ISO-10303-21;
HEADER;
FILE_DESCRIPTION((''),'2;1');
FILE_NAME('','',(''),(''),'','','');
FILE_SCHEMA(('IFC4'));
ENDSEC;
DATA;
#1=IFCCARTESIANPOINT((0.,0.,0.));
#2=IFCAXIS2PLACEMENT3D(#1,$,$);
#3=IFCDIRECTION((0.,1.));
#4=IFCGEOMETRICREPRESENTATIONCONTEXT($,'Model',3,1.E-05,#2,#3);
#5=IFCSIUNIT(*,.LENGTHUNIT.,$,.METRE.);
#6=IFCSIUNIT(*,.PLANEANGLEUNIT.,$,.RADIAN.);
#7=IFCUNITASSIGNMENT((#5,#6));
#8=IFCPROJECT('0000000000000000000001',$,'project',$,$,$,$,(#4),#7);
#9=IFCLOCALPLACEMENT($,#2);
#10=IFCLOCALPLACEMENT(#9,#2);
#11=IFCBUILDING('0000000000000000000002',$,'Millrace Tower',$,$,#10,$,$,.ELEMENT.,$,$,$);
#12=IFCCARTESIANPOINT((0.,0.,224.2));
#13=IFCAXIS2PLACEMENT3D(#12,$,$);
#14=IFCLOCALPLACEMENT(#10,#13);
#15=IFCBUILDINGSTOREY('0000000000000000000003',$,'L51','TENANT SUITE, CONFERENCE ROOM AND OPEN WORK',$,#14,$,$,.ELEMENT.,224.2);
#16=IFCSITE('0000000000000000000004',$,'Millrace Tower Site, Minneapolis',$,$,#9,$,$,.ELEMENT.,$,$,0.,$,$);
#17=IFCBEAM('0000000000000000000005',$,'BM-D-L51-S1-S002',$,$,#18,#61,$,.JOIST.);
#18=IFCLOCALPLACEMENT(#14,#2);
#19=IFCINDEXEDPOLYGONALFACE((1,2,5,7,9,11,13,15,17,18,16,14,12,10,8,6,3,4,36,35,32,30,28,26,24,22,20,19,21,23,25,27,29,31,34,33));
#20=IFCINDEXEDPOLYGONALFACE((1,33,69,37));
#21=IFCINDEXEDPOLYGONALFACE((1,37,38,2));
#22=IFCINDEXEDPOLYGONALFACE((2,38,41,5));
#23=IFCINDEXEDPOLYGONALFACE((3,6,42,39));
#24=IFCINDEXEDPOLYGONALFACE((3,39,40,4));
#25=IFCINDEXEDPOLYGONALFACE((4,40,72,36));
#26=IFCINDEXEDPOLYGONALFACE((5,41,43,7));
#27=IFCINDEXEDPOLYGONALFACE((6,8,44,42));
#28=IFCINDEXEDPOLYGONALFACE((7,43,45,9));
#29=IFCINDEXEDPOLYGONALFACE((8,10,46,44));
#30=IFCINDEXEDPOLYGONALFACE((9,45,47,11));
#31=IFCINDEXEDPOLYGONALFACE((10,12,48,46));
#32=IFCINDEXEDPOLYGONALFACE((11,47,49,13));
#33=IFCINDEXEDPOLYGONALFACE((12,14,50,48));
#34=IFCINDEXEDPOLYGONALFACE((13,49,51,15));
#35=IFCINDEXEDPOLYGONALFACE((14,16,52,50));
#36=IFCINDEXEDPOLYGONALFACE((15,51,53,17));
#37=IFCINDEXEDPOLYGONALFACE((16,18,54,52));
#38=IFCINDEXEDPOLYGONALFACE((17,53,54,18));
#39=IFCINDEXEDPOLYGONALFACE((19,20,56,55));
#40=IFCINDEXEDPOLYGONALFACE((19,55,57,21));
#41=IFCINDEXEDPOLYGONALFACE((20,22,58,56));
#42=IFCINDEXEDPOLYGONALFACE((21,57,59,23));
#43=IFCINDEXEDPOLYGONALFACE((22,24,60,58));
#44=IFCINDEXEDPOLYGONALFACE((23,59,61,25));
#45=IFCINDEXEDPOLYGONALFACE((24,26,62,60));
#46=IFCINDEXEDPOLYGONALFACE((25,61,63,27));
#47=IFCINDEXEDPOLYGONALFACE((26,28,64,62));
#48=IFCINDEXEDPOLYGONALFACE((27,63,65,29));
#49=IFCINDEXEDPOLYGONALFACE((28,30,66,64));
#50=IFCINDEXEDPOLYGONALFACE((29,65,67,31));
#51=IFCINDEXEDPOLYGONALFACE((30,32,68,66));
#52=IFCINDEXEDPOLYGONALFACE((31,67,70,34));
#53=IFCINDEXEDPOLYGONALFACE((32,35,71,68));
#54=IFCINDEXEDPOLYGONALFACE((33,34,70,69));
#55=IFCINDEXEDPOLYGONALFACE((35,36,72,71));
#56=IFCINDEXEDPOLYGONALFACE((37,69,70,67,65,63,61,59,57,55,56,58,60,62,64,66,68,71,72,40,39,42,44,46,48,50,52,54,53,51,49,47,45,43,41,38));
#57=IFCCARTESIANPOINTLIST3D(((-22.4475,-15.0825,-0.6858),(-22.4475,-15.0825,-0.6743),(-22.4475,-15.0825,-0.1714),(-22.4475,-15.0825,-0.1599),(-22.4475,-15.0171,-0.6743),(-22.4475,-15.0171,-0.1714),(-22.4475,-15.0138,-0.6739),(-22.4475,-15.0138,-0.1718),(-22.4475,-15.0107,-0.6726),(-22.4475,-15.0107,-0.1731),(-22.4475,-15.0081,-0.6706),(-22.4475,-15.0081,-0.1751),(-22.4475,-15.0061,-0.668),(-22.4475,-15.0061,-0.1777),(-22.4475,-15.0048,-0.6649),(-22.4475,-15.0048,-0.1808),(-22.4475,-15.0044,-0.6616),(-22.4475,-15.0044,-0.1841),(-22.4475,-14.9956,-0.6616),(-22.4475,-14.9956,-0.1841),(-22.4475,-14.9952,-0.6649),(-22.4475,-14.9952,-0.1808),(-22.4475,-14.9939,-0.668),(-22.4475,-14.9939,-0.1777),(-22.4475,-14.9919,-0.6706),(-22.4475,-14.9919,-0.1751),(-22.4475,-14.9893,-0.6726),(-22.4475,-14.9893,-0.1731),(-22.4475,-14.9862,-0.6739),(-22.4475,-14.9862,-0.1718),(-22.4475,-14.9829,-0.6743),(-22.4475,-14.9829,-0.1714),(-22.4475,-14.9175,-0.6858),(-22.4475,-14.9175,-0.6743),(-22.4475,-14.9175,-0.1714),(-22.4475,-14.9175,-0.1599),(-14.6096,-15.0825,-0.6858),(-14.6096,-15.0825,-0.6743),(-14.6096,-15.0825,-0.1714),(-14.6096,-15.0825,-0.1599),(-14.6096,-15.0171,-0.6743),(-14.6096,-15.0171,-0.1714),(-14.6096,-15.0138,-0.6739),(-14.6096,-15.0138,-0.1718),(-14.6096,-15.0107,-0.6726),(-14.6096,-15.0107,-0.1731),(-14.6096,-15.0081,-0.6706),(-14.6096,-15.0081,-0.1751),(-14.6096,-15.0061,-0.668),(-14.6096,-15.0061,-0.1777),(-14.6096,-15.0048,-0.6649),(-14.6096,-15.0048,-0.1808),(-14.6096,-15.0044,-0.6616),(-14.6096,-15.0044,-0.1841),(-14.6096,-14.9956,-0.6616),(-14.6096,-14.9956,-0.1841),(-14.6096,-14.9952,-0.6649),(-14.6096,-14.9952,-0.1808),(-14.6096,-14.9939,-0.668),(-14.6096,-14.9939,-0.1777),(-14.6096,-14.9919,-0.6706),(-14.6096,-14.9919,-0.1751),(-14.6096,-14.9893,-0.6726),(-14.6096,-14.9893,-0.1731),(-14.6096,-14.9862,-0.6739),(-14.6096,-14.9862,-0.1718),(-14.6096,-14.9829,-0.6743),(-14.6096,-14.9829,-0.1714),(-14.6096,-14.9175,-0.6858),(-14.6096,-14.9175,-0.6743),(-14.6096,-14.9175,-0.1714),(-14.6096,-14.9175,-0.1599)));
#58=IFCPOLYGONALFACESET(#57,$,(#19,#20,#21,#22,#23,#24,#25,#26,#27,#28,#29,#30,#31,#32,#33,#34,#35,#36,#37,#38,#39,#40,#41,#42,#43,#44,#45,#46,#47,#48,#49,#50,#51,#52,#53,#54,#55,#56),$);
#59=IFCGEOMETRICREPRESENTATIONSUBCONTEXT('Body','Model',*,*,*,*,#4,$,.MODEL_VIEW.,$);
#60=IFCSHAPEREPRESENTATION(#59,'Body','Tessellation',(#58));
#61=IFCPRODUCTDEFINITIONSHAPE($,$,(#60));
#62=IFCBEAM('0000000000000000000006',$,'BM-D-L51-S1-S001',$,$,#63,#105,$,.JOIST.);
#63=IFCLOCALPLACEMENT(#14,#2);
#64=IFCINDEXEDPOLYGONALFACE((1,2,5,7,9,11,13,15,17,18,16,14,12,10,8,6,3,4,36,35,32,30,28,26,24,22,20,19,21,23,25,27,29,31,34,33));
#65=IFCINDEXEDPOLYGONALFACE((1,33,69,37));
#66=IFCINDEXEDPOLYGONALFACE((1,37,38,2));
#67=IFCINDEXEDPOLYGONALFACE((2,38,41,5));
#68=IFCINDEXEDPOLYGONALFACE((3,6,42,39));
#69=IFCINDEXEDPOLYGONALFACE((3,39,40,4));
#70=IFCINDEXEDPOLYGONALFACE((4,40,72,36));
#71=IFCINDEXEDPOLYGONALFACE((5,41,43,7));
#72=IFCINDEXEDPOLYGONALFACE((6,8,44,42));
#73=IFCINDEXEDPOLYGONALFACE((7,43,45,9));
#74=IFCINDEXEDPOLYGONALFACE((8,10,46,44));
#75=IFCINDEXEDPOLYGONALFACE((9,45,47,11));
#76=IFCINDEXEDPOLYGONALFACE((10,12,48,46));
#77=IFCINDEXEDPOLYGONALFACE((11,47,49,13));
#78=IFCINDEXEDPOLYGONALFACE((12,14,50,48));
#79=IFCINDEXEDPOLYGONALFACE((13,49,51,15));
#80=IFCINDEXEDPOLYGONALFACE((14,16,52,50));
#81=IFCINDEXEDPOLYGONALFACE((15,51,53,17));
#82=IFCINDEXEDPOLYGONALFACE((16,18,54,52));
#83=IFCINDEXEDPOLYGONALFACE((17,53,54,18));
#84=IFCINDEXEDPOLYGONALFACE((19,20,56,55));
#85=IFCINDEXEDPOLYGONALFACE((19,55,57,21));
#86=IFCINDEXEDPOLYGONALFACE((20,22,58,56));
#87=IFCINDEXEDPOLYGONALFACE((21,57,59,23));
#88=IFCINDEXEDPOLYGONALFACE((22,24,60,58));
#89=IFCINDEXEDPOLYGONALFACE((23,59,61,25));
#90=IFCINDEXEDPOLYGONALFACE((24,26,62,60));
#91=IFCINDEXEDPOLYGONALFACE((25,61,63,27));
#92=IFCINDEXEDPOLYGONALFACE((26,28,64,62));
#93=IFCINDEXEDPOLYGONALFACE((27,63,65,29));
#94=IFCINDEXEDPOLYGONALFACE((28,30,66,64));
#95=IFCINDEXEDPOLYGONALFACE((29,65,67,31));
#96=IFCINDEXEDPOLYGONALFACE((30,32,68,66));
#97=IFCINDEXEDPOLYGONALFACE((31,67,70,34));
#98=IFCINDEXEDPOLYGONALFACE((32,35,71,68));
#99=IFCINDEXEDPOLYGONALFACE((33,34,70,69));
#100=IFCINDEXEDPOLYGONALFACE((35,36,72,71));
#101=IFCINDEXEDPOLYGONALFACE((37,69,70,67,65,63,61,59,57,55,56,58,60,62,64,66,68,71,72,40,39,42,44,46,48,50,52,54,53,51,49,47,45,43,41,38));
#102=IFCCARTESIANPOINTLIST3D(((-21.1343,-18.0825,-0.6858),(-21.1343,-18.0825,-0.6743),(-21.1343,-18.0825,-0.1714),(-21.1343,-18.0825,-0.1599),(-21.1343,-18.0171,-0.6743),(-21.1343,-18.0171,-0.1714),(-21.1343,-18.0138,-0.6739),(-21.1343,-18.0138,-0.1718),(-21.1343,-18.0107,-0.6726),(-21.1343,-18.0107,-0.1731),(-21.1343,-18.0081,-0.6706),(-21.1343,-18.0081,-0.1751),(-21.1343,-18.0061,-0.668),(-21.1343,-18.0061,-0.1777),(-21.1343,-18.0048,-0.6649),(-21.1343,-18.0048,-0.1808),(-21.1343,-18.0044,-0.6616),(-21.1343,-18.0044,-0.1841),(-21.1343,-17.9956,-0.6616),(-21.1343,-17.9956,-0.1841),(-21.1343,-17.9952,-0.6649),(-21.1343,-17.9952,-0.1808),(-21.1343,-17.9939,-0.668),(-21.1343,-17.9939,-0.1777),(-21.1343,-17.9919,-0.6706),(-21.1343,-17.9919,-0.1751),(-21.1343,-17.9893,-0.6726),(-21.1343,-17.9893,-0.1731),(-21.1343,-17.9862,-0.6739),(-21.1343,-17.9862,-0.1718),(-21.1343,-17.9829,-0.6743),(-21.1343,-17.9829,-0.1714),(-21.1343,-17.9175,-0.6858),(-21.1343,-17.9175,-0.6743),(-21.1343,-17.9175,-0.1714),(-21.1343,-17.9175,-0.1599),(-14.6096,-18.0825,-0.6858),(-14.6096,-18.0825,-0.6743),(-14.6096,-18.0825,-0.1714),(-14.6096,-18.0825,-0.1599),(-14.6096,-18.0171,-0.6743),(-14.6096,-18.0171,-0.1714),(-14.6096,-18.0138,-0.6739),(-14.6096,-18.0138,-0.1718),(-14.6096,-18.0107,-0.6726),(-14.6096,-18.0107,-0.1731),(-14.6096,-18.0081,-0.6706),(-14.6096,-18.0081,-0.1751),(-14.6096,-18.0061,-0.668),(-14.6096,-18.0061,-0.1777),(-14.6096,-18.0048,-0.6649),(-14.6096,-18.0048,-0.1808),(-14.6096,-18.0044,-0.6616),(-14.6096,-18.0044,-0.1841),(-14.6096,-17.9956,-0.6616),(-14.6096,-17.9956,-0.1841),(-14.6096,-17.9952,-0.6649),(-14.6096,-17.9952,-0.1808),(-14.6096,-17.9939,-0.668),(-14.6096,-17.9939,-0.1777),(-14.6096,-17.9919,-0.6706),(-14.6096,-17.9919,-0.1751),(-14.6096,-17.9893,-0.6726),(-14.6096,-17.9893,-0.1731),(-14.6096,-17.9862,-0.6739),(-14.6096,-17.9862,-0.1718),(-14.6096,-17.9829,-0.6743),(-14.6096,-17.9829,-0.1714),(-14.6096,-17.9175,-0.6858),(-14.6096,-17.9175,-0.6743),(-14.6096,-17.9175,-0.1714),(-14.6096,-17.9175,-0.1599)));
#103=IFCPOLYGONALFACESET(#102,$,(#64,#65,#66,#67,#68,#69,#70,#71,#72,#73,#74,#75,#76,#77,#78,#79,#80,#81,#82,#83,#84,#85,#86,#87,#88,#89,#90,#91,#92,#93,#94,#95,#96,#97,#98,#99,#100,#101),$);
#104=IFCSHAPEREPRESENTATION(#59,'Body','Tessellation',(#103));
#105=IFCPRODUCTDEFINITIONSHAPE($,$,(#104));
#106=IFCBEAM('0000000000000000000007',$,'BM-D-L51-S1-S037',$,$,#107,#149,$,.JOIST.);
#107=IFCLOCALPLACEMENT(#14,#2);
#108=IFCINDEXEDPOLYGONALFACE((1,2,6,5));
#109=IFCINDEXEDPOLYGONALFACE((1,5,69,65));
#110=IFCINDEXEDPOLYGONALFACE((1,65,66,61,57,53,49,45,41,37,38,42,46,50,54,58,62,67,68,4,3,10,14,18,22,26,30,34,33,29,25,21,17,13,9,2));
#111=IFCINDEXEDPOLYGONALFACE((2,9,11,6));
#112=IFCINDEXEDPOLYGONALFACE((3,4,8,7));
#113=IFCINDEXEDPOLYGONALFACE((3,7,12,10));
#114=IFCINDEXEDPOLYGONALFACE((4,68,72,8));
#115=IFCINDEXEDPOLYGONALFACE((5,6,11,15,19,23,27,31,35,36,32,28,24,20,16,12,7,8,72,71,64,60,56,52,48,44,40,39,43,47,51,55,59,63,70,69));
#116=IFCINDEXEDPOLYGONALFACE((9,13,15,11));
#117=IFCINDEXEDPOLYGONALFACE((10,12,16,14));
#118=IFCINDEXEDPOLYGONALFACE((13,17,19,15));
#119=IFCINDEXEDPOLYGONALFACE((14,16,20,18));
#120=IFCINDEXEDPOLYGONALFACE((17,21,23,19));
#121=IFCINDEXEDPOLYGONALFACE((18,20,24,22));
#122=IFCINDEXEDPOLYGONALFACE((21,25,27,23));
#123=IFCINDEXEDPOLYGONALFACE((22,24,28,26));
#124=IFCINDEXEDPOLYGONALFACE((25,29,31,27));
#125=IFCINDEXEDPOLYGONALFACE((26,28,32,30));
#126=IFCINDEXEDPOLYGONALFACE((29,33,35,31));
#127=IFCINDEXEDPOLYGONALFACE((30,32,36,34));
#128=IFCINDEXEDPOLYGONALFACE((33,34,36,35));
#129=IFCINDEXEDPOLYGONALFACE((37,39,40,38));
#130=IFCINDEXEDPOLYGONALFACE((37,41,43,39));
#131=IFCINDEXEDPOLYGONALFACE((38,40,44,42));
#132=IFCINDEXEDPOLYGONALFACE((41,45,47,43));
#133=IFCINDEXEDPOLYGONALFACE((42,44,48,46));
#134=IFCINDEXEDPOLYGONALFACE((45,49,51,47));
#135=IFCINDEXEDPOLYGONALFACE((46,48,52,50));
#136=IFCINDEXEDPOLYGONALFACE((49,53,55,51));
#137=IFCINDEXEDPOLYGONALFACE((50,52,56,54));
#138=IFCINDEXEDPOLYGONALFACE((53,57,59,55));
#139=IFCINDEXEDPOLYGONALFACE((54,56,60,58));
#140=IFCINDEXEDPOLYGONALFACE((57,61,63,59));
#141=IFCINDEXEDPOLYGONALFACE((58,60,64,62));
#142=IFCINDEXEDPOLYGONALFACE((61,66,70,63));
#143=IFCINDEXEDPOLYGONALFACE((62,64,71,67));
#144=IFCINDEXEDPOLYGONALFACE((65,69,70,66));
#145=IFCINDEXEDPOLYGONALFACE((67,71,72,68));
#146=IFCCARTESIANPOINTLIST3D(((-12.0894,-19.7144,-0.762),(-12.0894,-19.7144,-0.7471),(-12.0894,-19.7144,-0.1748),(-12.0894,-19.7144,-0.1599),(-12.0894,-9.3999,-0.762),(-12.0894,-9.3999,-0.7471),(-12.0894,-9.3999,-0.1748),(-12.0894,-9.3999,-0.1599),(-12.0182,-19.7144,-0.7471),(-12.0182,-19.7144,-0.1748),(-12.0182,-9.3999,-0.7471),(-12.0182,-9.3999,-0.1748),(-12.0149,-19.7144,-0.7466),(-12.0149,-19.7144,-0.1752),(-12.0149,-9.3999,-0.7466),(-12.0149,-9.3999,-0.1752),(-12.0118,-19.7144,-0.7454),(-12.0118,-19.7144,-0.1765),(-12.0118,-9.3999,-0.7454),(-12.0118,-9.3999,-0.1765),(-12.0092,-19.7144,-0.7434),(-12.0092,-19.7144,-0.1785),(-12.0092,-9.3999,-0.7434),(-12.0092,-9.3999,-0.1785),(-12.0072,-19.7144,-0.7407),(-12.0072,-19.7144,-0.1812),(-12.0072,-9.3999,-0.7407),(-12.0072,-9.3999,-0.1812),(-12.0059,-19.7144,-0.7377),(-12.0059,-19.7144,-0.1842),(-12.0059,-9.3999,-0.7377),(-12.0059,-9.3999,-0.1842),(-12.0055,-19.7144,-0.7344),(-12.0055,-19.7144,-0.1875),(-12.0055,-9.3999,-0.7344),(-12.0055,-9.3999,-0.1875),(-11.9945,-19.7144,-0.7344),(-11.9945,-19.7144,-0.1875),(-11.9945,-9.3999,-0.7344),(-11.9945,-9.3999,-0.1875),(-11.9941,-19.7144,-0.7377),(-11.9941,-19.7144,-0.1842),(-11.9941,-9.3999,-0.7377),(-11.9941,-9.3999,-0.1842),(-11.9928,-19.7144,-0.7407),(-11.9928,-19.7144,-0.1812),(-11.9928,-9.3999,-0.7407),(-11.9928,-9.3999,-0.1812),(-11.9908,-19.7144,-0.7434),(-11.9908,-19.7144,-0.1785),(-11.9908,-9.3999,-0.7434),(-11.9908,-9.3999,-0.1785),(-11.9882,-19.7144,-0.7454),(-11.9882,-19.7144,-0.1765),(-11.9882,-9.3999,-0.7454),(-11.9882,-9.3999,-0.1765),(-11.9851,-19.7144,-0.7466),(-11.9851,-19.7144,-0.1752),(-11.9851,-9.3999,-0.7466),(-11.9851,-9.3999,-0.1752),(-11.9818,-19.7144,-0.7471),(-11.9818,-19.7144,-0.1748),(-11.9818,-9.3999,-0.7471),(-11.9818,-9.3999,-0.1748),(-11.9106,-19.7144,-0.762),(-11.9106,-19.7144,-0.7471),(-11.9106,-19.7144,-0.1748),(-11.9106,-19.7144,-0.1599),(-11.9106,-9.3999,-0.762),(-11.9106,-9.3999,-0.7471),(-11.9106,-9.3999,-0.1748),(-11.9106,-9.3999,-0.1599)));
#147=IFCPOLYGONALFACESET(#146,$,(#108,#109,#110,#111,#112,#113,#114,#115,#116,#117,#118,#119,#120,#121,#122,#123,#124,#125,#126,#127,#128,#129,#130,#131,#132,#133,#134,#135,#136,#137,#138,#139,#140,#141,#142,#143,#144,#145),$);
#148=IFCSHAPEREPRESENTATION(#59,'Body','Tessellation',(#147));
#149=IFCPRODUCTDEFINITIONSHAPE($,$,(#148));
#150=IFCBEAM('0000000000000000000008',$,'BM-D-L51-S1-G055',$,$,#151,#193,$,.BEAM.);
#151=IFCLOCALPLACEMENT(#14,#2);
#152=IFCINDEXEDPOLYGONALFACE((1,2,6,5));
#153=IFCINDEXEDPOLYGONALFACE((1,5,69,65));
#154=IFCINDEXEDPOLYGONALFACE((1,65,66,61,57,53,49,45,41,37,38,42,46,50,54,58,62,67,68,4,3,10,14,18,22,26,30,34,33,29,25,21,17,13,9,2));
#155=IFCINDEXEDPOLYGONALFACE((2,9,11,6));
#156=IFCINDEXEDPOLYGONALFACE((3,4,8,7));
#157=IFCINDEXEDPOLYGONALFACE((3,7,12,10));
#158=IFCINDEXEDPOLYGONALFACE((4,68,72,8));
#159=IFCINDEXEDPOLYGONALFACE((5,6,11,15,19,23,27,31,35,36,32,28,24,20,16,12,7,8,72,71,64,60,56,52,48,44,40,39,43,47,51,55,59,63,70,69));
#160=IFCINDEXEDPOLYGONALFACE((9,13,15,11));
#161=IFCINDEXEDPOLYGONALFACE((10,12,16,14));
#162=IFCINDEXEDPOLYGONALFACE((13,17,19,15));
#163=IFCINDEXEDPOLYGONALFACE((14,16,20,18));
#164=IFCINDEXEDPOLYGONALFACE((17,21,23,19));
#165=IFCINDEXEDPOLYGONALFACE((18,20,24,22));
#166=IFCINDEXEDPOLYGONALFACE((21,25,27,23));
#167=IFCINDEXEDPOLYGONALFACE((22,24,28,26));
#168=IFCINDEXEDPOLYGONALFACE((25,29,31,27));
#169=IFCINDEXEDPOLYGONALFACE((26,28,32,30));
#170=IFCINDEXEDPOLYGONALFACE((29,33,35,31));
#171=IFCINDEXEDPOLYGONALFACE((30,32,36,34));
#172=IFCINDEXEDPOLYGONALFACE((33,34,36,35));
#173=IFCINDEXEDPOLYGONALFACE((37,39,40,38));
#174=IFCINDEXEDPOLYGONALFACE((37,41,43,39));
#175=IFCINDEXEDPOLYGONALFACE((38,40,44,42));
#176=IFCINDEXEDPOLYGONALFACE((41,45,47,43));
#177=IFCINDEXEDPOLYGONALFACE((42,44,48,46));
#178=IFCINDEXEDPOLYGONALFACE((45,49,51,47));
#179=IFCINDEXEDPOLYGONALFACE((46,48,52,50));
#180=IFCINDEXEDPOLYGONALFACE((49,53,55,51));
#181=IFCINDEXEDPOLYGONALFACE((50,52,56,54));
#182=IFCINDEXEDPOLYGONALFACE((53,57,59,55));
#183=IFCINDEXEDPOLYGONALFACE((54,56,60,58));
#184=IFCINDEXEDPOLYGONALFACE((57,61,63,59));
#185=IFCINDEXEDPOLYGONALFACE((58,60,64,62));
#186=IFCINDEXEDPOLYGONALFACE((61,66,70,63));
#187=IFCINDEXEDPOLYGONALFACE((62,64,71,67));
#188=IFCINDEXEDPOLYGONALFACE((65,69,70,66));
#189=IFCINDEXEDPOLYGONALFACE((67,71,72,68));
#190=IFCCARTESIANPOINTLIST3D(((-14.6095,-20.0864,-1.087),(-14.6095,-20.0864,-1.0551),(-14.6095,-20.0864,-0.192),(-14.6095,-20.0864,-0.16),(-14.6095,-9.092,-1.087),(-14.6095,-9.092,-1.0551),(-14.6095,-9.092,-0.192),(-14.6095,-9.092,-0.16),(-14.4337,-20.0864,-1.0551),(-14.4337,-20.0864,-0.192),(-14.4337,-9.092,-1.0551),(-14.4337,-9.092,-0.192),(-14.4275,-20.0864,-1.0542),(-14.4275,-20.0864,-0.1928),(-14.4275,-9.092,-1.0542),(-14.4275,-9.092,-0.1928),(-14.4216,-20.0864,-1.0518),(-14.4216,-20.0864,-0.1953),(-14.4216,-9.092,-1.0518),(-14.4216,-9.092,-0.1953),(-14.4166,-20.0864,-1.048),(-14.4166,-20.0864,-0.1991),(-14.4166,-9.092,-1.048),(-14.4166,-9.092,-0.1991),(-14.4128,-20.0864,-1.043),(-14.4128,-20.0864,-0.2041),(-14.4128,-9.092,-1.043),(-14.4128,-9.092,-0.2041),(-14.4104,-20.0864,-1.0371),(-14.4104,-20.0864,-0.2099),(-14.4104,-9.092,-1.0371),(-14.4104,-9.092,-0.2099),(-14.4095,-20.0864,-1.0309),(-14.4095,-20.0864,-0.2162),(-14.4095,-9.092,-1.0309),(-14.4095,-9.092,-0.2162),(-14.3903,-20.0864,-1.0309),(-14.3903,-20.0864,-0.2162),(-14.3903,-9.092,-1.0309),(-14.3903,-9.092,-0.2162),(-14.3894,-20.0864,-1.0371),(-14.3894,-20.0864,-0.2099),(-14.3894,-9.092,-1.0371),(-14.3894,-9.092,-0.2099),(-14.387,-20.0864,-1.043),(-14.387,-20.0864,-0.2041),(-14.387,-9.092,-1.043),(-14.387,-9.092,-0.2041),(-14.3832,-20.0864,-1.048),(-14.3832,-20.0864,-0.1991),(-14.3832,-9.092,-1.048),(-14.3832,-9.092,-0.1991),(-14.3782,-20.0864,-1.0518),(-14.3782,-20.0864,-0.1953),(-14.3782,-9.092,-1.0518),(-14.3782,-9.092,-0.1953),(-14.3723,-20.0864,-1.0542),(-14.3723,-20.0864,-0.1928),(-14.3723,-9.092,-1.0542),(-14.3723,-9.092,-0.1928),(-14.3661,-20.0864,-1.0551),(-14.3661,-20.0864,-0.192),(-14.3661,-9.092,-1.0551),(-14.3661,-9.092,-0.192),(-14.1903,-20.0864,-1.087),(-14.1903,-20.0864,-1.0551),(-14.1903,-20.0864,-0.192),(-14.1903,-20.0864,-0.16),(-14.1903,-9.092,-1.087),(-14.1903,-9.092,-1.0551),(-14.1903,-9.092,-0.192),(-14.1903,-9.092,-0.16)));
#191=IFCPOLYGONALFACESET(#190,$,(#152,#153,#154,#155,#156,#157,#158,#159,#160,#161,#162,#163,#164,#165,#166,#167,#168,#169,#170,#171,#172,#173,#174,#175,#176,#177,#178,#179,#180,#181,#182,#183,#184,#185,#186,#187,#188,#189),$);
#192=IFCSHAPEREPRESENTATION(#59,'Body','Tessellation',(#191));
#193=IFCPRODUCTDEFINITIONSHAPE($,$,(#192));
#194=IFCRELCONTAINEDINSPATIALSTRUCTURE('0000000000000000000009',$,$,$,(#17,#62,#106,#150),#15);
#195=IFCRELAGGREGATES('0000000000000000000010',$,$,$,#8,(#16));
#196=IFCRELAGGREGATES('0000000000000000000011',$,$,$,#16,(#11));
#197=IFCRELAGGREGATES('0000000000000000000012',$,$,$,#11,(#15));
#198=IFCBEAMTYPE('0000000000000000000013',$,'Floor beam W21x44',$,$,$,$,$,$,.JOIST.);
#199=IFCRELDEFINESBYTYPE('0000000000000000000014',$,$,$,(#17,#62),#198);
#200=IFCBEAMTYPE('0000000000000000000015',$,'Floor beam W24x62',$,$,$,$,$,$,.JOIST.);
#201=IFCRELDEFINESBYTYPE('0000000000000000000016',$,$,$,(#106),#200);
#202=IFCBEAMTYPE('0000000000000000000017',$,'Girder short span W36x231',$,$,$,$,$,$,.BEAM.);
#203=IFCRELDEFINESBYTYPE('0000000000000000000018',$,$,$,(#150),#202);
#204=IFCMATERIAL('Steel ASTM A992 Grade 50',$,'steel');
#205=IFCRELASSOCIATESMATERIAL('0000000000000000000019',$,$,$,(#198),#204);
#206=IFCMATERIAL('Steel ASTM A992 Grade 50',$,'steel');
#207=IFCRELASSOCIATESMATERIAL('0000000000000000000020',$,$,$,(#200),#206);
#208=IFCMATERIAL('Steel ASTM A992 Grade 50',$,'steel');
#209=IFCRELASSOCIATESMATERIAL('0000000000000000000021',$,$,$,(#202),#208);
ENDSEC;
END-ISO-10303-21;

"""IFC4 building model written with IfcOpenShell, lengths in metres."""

from ifc_helpers import new_model, si_unit, direction, frame, origin, origin_2d, place, context, subcontext, project, spatial, i_section, extrude, material, material_profile, profile_set, type_object, element, save


model = new_model("IFC4")

# Units and contexts
model_context = context("Model", 3, precision=1e-05, world=origin(), true_north=direction((0.0, 1.0)))
body_context = subcontext(model_context, "Body", "Model", "MODEL_VIEW")
ifc_project = project(units=[si_unit("LENGTHUNIT", "METRE"), si_unit("PLANEANGLEUNIT", "RADIAN")], contexts=[model_context])

# Site, building, storey
site_placement = place(None, origin())
site = spatial("IfcSite", under=ifc_project, at=site_placement, Name="Millrace Tower Site, Minneapolis", CompositionType="ELEMENT", RefElevation=0.0)
building_placement = place(site_placement, origin())
building = spatial("IfcBuilding", under=site, at=building_placement, Name="Millrace Tower", CompositionType="ELEMENT")
storey_placement = place(building_placement, frame((0.0, 0.0, 224.2)))
storey = spatial("IfcBuildingStorey", under=building, at=storey_placement, Name="L51", Description="TENANT SUITE, CONFERENCE ROOM AND OPEN WORK", CompositionType="ELEMENT", Elevation=224.2)

# Beams
ifc_material_1 = material(Name="Steel ASTM A992 Grade 50", Category="steel")
ifc_material_profile_1 = material_profile(ifc_material_1, i_section(OverallWidth=0.165, OverallDepth=0.5259, WebThickness=0.0088, FlangeThickness=0.0115, FilletRadius=0.0127, at=origin_2d()))
ifc_profile_set_1 = profile_set([ifc_material_profile_1], Name="Steel ASTM A992 Grade 50")
beam_type_1 = type_object("IfcBeamType", Name="Floor beam W21x44", PredefinedType="JOIST", material=ifc_profile_set_1)
beam_1_placement = place(storey_placement, frame((-22.4475, -15.0, -0.4229), z_axis=(1.0, 0.0, 0.0), x_axis=(0.0, 1.0, 0.0)))
element("IfcBeam", 1, at=beam_1_placement, inside=storey, type_object=beam_type_1, Name="BM-D-L51-S1-S002", PredefinedType="JOIST", context=body_context, shape_type="SweptSolid", body=[
    extrude(i_section(OverallWidth=0.165, OverallDepth=0.5259, WebThickness=0.0088, FlangeThickness=0.0115, FilletRadius=0.0127, at=origin_2d()), origin(), (0.0, 0.0, 1.0), 7.8379),
])
beam_2_placement = place(storey_placement, frame((-21.1343, -18.0, -0.4229), z_axis=(1.0, 0.0, 0.0), x_axis=(0.0, 1.0, 0.0)))
element("IfcBeam", 2, at=beam_2_placement, inside=storey, type_object=beam_type_1, Name="BM-D-L51-S1-S001", PredefinedType="JOIST", context=body_context, shape_type="SweptSolid", body=[
    extrude(i_section(OverallWidth=0.165, OverallDepth=0.5259, WebThickness=0.0088, FlangeThickness=0.0115, FilletRadius=0.0127, at=origin_2d()), origin(), (0.0, 0.0, 1.0), 6.5247),
])
ifc_material_2 = material(Name="Steel ASTM A992 Grade 50", Category="steel")
ifc_material_profile_2 = material_profile(ifc_material_2, i_section(OverallWidth=0.1787, OverallDepth=0.6021, WebThickness=0.011, FlangeThickness=0.0149, FilletRadius=0.0127, at=origin_2d()))
ifc_profile_set_2 = profile_set([ifc_material_profile_2], Name="Steel ASTM A992 Grade 50")
beam_type_2 = type_object("IfcBeamType", Name="Floor beam W24x62", PredefinedType="JOIST", material=ifc_profile_set_2)
beam_3_placement = place(storey_placement, frame((-12.0, -19.7144, -0.4609), z_axis=(0.0, 1.0, 0.0), x_axis=(-1.0, 0.0, 0.0)))
element("IfcBeam", 3, at=beam_3_placement, inside=storey, type_object=beam_type_2, Name="BM-D-L51-S1-S037", PredefinedType="JOIST", context=body_context, shape_type="SweptSolid", body=[
    extrude(i_section(OverallWidth=0.1787, OverallDepth=0.6021, WebThickness=0.011, FlangeThickness=0.0149, FilletRadius=0.0127, at=origin_2d()), origin(), (0.0, 0.0, 1.0), 10.3145),
])
ifc_material_3 = material(Name="Steel ASTM A992 Grade 50", Category="steel")
ifc_material_profile_3 = material_profile(ifc_material_3, i_section(OverallWidth=0.4192, OverallDepth=0.927, WebThickness=0.0193, FlangeThickness=0.032, FilletRadius=0.0242, at=origin_2d()))
ifc_profile_set_3 = profile_set([ifc_material_profile_3], Name="Steel ASTM A992 Grade 50")
beam_type_3 = type_object("IfcBeamType", Name="Girder short span W36x231", PredefinedType="BEAM", material=ifc_profile_set_3)
beam_4_placement = place(storey_placement, frame((-14.3999, -20.0864, -0.6235), z_axis=(0.0, 1.0, 0.0), x_axis=(-1.0, 0.0, 0.0)))
element("IfcBeam", 4, at=beam_4_placement, inside=storey, type_object=beam_type_3, Name="BM-D-L51-S1-G055", PredefinedType="BEAM", context=body_context, shape_type="SweptSolid", body=[
    extrude(i_section(OverallWidth=0.4192, OverallDepth=0.927, WebThickness=0.0193, FlangeThickness=0.032, FilletRadius=0.0242, at=origin_2d()), origin(), (0.0, 0.0, 1.0), 10.9944),
])

save(model, "model.ifc")
